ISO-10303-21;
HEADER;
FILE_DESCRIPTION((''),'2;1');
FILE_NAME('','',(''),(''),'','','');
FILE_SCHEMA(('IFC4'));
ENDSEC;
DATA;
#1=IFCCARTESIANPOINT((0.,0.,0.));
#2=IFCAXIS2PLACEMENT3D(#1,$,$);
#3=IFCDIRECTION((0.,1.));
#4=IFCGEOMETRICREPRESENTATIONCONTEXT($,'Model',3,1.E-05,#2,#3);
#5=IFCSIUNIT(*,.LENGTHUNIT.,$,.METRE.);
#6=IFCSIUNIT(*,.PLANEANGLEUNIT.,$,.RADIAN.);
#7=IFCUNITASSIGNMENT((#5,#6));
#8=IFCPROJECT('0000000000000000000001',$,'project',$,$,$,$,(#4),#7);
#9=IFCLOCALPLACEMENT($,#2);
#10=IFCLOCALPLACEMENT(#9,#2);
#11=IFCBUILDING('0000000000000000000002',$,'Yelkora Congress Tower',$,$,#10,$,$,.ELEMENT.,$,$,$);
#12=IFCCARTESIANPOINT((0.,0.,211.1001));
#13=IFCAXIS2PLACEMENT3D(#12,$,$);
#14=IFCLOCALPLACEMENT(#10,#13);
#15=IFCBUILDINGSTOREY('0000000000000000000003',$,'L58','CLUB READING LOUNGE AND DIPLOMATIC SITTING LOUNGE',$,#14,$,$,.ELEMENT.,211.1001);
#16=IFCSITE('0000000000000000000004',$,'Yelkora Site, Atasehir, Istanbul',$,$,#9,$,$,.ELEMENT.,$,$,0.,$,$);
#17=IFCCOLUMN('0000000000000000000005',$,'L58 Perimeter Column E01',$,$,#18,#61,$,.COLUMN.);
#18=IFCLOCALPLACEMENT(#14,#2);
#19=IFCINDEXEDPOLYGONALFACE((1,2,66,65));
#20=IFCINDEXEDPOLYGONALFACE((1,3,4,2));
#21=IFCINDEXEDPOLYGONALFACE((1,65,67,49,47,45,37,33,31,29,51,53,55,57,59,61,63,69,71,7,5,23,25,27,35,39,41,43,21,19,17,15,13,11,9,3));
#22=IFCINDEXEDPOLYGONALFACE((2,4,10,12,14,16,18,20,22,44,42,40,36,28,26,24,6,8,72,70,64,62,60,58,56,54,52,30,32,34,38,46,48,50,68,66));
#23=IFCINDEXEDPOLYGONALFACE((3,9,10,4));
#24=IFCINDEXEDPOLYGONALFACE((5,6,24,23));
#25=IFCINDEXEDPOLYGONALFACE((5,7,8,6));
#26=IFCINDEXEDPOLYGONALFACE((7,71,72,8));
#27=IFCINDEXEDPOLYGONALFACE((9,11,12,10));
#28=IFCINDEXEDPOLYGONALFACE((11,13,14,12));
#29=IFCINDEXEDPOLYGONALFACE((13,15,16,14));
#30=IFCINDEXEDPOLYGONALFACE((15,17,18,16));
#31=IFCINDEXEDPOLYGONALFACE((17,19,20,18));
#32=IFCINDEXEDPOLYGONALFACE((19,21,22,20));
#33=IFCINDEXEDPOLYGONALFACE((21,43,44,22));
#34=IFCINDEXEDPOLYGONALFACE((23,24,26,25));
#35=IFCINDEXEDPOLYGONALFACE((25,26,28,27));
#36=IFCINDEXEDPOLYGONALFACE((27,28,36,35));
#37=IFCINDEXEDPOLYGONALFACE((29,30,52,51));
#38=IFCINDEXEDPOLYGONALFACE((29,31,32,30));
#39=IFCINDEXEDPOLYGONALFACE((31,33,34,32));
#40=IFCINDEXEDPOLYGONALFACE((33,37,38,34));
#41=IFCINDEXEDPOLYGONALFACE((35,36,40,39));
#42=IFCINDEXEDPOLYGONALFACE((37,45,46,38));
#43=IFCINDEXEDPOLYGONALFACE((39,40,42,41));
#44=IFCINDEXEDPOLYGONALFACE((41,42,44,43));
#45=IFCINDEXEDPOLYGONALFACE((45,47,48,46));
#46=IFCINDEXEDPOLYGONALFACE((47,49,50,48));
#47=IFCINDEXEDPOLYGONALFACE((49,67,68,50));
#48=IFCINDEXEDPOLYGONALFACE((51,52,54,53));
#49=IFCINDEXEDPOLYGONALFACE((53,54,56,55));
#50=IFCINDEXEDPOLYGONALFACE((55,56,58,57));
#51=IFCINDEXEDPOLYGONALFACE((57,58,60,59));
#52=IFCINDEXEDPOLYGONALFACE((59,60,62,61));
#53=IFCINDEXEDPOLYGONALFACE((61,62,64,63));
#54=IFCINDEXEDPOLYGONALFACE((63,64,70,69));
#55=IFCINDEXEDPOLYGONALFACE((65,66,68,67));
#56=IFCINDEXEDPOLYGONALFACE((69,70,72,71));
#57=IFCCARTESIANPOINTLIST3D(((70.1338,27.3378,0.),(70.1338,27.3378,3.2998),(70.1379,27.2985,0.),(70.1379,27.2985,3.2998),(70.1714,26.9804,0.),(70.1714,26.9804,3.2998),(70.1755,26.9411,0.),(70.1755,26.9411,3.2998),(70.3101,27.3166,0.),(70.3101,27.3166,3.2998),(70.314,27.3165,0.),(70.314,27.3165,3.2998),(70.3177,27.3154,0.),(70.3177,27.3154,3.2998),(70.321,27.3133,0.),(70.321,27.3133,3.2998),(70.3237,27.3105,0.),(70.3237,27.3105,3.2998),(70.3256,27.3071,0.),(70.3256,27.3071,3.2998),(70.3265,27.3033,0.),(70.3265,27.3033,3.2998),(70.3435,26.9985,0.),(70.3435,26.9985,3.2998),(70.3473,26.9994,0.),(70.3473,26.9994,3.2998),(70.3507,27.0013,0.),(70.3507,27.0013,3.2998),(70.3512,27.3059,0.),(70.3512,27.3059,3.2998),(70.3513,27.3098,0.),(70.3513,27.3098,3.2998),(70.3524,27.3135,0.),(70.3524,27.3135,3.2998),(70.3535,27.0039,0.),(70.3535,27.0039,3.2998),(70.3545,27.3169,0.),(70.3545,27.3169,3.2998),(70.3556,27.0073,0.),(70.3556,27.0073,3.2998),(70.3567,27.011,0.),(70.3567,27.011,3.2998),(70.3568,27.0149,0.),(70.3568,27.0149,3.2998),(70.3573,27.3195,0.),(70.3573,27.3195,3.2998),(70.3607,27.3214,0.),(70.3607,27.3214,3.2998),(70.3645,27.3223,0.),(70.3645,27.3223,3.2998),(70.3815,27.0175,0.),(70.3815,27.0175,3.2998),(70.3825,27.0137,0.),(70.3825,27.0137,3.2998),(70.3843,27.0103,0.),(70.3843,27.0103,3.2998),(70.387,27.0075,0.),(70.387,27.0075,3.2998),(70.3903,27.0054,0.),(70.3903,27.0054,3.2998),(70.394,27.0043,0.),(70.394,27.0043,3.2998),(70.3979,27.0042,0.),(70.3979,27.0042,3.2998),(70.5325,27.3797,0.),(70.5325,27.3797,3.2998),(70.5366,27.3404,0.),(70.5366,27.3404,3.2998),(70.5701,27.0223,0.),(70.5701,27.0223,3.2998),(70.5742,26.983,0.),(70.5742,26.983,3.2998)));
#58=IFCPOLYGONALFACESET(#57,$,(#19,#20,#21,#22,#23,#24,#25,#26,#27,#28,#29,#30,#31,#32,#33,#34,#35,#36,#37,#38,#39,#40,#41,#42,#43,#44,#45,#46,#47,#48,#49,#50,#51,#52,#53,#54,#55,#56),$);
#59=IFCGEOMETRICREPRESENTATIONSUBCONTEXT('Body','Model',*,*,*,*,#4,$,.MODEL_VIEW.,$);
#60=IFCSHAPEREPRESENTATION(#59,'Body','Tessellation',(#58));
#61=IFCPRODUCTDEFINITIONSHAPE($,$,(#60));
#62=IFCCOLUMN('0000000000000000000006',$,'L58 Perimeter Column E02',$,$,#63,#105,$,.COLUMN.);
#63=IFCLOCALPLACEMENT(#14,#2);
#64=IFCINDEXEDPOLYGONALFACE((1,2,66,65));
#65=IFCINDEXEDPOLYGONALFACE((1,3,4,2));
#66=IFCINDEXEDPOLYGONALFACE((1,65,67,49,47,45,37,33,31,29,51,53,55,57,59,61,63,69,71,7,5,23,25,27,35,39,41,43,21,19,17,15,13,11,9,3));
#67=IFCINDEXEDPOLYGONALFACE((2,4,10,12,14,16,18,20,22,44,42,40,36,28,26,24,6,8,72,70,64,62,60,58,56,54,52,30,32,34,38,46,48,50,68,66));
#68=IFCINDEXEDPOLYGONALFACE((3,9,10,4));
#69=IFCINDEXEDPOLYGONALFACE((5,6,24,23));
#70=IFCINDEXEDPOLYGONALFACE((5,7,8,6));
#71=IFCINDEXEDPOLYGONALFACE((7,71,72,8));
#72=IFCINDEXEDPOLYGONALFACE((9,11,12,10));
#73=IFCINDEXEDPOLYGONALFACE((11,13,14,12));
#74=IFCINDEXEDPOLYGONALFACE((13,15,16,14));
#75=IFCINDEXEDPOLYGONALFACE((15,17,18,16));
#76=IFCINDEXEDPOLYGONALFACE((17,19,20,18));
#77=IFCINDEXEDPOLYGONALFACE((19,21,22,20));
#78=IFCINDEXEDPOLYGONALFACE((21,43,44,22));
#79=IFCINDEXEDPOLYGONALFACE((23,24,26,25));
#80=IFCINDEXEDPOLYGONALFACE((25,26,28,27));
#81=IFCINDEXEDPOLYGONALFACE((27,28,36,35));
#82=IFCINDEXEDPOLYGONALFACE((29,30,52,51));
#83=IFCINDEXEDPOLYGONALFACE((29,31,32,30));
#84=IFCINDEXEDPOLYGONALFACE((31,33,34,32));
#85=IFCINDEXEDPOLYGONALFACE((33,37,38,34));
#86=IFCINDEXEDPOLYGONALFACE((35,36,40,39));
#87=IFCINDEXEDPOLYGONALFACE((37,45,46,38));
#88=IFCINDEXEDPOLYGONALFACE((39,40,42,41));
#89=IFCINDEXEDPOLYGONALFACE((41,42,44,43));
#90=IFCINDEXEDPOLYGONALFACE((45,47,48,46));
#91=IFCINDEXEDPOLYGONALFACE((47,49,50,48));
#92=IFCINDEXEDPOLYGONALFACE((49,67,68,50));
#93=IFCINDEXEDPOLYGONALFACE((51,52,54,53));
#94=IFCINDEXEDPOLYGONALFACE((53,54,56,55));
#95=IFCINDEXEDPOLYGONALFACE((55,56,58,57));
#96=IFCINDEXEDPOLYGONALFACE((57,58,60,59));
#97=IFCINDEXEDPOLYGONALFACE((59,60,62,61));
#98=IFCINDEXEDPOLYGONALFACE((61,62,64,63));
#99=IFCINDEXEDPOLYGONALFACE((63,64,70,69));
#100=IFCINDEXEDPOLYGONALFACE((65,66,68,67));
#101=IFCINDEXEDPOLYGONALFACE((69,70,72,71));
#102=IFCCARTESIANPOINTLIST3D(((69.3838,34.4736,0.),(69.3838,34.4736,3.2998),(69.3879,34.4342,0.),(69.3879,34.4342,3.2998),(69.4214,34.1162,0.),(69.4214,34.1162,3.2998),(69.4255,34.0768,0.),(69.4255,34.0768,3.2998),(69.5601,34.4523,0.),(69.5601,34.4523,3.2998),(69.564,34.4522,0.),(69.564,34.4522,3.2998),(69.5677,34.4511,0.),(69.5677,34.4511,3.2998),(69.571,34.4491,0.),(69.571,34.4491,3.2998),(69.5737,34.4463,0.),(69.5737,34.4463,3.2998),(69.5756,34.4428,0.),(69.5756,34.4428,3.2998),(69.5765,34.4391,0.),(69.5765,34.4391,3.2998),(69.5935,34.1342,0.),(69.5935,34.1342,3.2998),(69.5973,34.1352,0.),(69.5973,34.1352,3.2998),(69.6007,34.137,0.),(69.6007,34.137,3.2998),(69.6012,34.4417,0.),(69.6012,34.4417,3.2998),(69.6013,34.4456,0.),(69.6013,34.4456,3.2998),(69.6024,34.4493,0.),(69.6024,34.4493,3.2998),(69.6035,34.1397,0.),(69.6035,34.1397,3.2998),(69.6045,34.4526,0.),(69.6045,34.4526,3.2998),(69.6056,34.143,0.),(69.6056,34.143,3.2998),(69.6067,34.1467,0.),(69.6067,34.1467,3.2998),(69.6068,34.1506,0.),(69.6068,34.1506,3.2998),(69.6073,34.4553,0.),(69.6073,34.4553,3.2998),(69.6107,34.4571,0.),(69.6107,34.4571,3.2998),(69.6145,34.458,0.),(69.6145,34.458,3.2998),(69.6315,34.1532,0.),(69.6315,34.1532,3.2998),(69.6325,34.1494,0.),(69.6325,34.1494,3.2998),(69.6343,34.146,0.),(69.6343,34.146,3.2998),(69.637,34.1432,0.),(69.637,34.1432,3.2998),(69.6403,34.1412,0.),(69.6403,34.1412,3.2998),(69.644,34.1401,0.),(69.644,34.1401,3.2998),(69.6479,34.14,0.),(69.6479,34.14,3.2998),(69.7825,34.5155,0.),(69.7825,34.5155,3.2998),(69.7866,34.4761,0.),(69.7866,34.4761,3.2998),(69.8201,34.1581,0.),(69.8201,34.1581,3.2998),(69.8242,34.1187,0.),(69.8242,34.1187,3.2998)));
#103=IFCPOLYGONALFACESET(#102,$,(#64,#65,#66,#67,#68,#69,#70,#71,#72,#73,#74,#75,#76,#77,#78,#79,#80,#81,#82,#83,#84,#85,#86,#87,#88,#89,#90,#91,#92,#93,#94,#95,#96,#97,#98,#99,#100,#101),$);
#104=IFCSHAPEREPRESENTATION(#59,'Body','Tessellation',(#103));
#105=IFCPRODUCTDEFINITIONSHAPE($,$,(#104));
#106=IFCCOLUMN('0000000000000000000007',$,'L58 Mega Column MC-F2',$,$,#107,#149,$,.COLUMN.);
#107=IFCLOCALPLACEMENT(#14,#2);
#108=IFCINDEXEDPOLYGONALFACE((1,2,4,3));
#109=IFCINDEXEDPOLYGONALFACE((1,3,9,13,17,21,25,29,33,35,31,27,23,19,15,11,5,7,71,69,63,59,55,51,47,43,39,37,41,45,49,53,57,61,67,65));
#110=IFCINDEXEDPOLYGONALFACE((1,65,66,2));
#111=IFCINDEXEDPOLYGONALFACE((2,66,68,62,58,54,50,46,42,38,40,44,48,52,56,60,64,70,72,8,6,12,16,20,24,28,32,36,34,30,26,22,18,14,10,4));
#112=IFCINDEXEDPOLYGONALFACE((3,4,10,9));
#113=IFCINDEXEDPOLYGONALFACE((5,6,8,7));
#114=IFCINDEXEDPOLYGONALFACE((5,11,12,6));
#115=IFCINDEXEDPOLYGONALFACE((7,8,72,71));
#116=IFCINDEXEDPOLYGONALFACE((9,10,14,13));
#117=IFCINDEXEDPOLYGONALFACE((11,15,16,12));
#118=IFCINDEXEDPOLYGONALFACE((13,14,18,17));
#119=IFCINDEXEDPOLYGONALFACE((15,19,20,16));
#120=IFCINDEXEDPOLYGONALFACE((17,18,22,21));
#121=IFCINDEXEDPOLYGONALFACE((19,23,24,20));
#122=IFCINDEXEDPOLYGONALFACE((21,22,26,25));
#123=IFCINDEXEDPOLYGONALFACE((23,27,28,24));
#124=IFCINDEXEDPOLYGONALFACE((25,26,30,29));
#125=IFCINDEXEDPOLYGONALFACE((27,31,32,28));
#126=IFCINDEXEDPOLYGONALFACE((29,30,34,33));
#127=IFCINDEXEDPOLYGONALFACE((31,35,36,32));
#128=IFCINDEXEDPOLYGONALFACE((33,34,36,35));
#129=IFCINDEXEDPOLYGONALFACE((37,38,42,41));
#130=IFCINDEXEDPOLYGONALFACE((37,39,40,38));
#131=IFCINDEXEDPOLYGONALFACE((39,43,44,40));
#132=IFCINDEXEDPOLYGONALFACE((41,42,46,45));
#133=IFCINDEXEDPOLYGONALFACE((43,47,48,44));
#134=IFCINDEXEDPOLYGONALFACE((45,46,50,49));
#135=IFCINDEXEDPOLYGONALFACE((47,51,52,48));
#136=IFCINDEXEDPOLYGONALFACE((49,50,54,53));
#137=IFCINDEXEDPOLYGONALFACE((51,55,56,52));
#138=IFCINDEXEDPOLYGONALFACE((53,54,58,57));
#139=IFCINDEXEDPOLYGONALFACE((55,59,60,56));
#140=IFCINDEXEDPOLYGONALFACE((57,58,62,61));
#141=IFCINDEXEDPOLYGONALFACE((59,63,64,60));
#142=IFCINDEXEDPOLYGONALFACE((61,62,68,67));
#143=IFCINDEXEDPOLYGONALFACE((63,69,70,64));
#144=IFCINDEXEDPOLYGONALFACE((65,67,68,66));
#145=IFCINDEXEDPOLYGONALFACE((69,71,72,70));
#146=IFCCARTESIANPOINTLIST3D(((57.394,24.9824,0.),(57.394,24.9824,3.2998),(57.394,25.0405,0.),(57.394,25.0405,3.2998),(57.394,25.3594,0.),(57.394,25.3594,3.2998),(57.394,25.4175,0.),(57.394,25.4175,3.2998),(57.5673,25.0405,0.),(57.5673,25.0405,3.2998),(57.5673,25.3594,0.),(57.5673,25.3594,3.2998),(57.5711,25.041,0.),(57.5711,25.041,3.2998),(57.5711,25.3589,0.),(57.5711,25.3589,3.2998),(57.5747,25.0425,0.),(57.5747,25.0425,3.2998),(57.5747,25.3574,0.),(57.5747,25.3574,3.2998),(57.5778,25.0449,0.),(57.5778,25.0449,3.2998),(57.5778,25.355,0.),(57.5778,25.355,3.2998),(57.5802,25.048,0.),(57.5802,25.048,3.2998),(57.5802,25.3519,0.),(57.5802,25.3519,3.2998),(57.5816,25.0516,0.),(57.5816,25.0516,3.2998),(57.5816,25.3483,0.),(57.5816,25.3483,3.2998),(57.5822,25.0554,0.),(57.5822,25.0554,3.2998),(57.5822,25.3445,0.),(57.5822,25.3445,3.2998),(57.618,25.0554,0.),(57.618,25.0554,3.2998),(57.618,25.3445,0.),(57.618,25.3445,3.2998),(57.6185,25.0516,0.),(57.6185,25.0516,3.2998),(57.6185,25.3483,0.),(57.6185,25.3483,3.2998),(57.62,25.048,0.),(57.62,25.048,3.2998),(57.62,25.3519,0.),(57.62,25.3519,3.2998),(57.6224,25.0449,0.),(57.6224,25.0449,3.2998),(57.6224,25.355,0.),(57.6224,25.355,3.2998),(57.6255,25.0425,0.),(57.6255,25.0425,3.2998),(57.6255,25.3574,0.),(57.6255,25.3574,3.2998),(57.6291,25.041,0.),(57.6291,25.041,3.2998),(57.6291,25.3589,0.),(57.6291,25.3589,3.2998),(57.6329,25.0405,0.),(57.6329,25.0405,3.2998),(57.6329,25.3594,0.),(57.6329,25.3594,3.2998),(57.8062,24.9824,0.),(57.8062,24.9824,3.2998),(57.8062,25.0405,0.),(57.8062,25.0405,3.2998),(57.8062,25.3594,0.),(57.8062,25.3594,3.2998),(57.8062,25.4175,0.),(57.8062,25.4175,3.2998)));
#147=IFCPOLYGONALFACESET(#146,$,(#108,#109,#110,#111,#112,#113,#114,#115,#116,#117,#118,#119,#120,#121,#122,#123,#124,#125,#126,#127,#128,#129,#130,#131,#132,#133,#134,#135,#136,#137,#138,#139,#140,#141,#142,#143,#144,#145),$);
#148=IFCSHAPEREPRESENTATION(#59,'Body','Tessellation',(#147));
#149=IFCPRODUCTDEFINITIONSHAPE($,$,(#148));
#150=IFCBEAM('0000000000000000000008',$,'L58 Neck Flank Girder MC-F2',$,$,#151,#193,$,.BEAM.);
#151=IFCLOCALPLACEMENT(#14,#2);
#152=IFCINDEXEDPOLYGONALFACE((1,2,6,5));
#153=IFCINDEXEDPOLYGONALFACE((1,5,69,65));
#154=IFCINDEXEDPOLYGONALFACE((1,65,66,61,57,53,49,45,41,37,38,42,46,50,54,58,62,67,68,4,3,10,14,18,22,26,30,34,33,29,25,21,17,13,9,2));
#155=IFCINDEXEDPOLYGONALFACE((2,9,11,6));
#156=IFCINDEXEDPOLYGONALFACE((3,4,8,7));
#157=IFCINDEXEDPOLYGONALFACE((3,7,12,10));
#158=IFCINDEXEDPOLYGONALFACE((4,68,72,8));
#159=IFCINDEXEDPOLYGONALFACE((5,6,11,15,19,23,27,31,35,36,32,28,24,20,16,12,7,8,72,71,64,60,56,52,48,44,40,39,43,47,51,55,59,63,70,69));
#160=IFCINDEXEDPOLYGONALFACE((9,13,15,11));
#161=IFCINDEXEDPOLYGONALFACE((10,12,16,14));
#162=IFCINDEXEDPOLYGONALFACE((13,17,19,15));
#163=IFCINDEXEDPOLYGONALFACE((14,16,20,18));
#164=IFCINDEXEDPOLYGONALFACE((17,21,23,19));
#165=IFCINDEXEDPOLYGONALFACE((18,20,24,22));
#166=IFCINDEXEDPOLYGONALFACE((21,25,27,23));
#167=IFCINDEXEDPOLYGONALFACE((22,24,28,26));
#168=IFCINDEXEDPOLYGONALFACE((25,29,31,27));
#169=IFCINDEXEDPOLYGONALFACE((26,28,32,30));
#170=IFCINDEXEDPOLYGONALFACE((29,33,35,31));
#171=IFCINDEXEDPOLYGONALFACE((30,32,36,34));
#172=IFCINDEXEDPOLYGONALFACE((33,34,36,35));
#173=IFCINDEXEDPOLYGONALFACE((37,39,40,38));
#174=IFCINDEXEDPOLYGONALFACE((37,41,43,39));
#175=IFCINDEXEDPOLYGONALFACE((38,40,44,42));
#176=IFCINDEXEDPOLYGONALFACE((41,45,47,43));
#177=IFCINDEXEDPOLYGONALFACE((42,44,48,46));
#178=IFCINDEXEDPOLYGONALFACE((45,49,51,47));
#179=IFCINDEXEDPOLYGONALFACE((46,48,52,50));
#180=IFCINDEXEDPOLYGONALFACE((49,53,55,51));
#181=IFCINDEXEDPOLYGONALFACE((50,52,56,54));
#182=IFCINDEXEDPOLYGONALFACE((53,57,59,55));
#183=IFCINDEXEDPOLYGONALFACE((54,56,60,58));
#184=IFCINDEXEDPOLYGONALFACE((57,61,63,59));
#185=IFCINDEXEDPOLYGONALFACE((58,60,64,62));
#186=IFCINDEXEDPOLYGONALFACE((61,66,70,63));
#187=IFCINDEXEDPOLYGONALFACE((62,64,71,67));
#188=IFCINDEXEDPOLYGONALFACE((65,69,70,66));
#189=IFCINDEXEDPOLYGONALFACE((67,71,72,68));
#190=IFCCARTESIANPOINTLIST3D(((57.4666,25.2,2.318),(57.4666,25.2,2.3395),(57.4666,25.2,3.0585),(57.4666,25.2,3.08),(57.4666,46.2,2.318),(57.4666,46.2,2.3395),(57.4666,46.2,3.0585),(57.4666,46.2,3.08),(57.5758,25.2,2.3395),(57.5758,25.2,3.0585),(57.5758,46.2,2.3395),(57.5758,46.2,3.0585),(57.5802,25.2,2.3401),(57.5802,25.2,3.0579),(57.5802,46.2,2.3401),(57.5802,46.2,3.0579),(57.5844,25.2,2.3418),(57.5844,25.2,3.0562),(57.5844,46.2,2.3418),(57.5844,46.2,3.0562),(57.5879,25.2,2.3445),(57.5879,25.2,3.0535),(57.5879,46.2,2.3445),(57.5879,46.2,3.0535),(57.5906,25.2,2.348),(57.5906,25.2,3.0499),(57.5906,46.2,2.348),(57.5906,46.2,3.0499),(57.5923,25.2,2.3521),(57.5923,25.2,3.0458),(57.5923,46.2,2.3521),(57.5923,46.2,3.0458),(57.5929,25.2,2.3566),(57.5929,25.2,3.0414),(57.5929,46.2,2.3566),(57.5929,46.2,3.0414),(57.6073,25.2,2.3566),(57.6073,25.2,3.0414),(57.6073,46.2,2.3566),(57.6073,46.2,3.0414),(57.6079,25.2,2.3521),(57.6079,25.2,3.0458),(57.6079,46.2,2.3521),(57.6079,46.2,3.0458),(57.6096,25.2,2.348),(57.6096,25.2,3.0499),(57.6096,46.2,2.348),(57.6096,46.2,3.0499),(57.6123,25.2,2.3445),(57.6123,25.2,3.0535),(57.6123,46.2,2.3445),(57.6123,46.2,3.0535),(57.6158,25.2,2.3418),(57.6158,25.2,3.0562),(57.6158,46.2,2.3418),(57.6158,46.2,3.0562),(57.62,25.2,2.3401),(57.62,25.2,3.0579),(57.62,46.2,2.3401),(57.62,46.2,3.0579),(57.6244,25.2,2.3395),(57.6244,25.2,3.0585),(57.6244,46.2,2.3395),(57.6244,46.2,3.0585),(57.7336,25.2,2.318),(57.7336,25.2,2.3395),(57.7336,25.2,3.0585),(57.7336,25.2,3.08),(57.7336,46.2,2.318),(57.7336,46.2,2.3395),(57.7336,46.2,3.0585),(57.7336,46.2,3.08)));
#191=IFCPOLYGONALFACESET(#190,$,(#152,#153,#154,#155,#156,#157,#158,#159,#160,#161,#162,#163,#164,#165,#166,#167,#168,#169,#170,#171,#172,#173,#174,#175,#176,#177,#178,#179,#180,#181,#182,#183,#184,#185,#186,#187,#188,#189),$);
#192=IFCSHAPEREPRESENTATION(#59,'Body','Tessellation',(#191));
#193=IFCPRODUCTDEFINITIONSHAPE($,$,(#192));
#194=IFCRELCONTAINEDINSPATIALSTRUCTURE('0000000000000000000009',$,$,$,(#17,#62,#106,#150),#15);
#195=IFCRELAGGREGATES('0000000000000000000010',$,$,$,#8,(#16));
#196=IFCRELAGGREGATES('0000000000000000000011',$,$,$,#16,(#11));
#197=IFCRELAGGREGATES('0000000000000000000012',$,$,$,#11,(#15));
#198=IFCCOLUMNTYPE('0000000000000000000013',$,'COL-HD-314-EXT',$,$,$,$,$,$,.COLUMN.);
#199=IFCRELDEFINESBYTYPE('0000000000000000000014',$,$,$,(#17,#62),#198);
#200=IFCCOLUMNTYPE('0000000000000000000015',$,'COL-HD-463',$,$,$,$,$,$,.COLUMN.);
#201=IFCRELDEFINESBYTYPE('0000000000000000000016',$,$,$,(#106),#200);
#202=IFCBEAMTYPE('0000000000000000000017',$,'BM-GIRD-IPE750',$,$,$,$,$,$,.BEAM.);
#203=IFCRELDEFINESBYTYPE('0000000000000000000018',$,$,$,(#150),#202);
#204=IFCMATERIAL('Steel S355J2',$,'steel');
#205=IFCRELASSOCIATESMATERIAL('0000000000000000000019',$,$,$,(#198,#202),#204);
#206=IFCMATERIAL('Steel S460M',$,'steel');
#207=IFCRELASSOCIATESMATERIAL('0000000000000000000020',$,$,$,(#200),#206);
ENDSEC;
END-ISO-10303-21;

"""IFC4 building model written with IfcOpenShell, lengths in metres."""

from ifc_helpers import new_model, si_unit, direction, frame, origin, origin_2d, place, context, subcontext, project, spatial, i_section, extrude, material, material_profile, profile_set, type_object, element, save


model = new_model("IFC4")

# Units and contexts
model_context = context("Model", 3, precision=1e-05, world=origin(), true_north=direction((0.0, 1.0)))
body_context = subcontext(model_context, "Body", "Model", "MODEL_VIEW")
ifc_project = project(units=[si_unit("LENGTHUNIT", "METRE"), si_unit("PLANEANGLEUNIT", "RADIAN")], contexts=[model_context])

# Site, building, storey
site_placement = place(None, origin())
site = spatial("IfcSite", under=ifc_project, at=site_placement, Name="Yelkora Site, Atasehir, Istanbul", CompositionType="ELEMENT", RefElevation=0.0)
building_placement = place(site_placement, origin())
building = spatial("IfcBuilding", under=site, at=building_placement, Name="Yelkora Congress Tower", CompositionType="ELEMENT")
storey_placement = place(building_placement, frame((0.0, 0.0, 211.1001)))
storey = spatial("IfcBuildingStorey", under=building, at=storey_placement, Name="L58", Description="CLUB READING LOUNGE AND DIPLOMATIC SITTING LOUNGE", CompositionType="ELEMENT", Elevation=211.1001)

# Columns
ifc_material_1 = material(Name="Steel S355J2", Category="steel")
ifc_material_profile_1 = material_profile(ifc_material_1, i_section(OverallWidth=0.4009, OverallDepth=0.3989, WebThickness=0.0249, FlangeThickness=0.0396, FilletRadius=0.0149, at=origin_2d()), Name="HD 400x314")
ifc_profile_set_1 = profile_set([ifc_material_profile_1], Name="Steel S355J2")
column_type_1 = type_object("IfcColumnType", Name="COL-HD-314-EXT", PredefinedType="COLUMN", material=ifc_profile_set_1)
for number, where, z_axis, x_axis, name in (
    (1, (70.354, 27.1604, 0.0), (0.0, 0.0, 1.0), (0.994522, 0.104528, 0.0), "L58 Perimeter Column E01"),
    (2, (69.604, 34.2961, 0.0), (0.0, 0.0, 1.0), (0.994522, 0.104528, 0.0), "L58 Perimeter Column E02"),
):
    element("IfcColumn", number, at=place(storey_placement, frame(where, z_axis=z_axis, x_axis=x_axis)), inside=storey, type_object=column_type_1, Name=name, PredefinedType="COLUMN", context=body_context, shape_type="SweptSolid", body=[
        extrude(i_section(OverallWidth=0.4009, OverallDepth=0.3989, WebThickness=0.0249, FlangeThickness=0.0396, FilletRadius=0.0149, at=origin_2d()), origin(), (0.0, 0.0, 1.0), 3.2998),
    ])
ifc_material_2 = material(Name="Steel S460M", Category="steel")
ifc_material_profile_2 = material_profile(ifc_material_2, i_section(OverallWidth=0.4121, OverallDepth=0.4351, WebThickness=0.0359, FlangeThickness=0.0581, FilletRadius=0.0149, at=origin_2d()), Name="HD 400x463")
ifc_profile_set_2 = profile_set([ifc_material_profile_2], Name="Steel S460M")
column_type_2 = type_object("IfcColumnType", Name="COL-HD-463", PredefinedType="COLUMN", material=ifc_profile_set_2)
column_placement = place(storey_placement, frame((57.6001, 25.2, 0.0), z_axis=(0.0, 0.0, 1.0), x_axis=(1.0, 0.0, 0.0)))
element("IfcColumn", 3, at=column_placement, inside=storey, type_object=column_type_2, Name="L58 Mega Column MC-F2", PredefinedType="COLUMN", context=body_context, shape_type="SweptSolid", body=[
    extrude(i_section(OverallWidth=0.4121, OverallDepth=0.4351, WebThickness=0.0359, FlangeThickness=0.0581, FilletRadius=0.0149, at=origin_2d()), origin(), (0.0, 0.0, 1.0), 3.2998),
])

# Beam
ifc_material_profile_3 = material_profile(ifc_material_1, i_section(OverallWidth=0.2671, OverallDepth=0.762, WebThickness=0.0144, FlangeThickness=0.0215, FilletRadius=0.0171, at=origin_2d()), Name="IPE 750x173")
ifc_profile_set_3 = profile_set([ifc_material_profile_3], Name="Steel S355J2")
beam_type_1 = type_object("IfcBeamType", Name="BM-GIRD-IPE750", PredefinedType="BEAM", material=ifc_profile_set_3)
beam_1_placement = place(storey_placement, frame((57.6001, 25.2, 2.699), z_axis=(0.0, 1.0, 0.0), x_axis=(-1.0, 0.0, 0.0)))
element("IfcBeam", 4, at=beam_1_placement, inside=storey, type_object=beam_type_1, Name="L58 Neck Flank Girder MC-F2", PredefinedType="BEAM", context=body_context, shape_type="SweptSolid", body=[
    extrude(i_section(OverallWidth=0.2671, OverallDepth=0.762, WebThickness=0.0144, FlangeThickness=0.0215, FilletRadius=0.0171, at=origin_2d()), origin(), (0.0, 0.0, 1.0), 21.0),
])

save(model, "model.ifc")
